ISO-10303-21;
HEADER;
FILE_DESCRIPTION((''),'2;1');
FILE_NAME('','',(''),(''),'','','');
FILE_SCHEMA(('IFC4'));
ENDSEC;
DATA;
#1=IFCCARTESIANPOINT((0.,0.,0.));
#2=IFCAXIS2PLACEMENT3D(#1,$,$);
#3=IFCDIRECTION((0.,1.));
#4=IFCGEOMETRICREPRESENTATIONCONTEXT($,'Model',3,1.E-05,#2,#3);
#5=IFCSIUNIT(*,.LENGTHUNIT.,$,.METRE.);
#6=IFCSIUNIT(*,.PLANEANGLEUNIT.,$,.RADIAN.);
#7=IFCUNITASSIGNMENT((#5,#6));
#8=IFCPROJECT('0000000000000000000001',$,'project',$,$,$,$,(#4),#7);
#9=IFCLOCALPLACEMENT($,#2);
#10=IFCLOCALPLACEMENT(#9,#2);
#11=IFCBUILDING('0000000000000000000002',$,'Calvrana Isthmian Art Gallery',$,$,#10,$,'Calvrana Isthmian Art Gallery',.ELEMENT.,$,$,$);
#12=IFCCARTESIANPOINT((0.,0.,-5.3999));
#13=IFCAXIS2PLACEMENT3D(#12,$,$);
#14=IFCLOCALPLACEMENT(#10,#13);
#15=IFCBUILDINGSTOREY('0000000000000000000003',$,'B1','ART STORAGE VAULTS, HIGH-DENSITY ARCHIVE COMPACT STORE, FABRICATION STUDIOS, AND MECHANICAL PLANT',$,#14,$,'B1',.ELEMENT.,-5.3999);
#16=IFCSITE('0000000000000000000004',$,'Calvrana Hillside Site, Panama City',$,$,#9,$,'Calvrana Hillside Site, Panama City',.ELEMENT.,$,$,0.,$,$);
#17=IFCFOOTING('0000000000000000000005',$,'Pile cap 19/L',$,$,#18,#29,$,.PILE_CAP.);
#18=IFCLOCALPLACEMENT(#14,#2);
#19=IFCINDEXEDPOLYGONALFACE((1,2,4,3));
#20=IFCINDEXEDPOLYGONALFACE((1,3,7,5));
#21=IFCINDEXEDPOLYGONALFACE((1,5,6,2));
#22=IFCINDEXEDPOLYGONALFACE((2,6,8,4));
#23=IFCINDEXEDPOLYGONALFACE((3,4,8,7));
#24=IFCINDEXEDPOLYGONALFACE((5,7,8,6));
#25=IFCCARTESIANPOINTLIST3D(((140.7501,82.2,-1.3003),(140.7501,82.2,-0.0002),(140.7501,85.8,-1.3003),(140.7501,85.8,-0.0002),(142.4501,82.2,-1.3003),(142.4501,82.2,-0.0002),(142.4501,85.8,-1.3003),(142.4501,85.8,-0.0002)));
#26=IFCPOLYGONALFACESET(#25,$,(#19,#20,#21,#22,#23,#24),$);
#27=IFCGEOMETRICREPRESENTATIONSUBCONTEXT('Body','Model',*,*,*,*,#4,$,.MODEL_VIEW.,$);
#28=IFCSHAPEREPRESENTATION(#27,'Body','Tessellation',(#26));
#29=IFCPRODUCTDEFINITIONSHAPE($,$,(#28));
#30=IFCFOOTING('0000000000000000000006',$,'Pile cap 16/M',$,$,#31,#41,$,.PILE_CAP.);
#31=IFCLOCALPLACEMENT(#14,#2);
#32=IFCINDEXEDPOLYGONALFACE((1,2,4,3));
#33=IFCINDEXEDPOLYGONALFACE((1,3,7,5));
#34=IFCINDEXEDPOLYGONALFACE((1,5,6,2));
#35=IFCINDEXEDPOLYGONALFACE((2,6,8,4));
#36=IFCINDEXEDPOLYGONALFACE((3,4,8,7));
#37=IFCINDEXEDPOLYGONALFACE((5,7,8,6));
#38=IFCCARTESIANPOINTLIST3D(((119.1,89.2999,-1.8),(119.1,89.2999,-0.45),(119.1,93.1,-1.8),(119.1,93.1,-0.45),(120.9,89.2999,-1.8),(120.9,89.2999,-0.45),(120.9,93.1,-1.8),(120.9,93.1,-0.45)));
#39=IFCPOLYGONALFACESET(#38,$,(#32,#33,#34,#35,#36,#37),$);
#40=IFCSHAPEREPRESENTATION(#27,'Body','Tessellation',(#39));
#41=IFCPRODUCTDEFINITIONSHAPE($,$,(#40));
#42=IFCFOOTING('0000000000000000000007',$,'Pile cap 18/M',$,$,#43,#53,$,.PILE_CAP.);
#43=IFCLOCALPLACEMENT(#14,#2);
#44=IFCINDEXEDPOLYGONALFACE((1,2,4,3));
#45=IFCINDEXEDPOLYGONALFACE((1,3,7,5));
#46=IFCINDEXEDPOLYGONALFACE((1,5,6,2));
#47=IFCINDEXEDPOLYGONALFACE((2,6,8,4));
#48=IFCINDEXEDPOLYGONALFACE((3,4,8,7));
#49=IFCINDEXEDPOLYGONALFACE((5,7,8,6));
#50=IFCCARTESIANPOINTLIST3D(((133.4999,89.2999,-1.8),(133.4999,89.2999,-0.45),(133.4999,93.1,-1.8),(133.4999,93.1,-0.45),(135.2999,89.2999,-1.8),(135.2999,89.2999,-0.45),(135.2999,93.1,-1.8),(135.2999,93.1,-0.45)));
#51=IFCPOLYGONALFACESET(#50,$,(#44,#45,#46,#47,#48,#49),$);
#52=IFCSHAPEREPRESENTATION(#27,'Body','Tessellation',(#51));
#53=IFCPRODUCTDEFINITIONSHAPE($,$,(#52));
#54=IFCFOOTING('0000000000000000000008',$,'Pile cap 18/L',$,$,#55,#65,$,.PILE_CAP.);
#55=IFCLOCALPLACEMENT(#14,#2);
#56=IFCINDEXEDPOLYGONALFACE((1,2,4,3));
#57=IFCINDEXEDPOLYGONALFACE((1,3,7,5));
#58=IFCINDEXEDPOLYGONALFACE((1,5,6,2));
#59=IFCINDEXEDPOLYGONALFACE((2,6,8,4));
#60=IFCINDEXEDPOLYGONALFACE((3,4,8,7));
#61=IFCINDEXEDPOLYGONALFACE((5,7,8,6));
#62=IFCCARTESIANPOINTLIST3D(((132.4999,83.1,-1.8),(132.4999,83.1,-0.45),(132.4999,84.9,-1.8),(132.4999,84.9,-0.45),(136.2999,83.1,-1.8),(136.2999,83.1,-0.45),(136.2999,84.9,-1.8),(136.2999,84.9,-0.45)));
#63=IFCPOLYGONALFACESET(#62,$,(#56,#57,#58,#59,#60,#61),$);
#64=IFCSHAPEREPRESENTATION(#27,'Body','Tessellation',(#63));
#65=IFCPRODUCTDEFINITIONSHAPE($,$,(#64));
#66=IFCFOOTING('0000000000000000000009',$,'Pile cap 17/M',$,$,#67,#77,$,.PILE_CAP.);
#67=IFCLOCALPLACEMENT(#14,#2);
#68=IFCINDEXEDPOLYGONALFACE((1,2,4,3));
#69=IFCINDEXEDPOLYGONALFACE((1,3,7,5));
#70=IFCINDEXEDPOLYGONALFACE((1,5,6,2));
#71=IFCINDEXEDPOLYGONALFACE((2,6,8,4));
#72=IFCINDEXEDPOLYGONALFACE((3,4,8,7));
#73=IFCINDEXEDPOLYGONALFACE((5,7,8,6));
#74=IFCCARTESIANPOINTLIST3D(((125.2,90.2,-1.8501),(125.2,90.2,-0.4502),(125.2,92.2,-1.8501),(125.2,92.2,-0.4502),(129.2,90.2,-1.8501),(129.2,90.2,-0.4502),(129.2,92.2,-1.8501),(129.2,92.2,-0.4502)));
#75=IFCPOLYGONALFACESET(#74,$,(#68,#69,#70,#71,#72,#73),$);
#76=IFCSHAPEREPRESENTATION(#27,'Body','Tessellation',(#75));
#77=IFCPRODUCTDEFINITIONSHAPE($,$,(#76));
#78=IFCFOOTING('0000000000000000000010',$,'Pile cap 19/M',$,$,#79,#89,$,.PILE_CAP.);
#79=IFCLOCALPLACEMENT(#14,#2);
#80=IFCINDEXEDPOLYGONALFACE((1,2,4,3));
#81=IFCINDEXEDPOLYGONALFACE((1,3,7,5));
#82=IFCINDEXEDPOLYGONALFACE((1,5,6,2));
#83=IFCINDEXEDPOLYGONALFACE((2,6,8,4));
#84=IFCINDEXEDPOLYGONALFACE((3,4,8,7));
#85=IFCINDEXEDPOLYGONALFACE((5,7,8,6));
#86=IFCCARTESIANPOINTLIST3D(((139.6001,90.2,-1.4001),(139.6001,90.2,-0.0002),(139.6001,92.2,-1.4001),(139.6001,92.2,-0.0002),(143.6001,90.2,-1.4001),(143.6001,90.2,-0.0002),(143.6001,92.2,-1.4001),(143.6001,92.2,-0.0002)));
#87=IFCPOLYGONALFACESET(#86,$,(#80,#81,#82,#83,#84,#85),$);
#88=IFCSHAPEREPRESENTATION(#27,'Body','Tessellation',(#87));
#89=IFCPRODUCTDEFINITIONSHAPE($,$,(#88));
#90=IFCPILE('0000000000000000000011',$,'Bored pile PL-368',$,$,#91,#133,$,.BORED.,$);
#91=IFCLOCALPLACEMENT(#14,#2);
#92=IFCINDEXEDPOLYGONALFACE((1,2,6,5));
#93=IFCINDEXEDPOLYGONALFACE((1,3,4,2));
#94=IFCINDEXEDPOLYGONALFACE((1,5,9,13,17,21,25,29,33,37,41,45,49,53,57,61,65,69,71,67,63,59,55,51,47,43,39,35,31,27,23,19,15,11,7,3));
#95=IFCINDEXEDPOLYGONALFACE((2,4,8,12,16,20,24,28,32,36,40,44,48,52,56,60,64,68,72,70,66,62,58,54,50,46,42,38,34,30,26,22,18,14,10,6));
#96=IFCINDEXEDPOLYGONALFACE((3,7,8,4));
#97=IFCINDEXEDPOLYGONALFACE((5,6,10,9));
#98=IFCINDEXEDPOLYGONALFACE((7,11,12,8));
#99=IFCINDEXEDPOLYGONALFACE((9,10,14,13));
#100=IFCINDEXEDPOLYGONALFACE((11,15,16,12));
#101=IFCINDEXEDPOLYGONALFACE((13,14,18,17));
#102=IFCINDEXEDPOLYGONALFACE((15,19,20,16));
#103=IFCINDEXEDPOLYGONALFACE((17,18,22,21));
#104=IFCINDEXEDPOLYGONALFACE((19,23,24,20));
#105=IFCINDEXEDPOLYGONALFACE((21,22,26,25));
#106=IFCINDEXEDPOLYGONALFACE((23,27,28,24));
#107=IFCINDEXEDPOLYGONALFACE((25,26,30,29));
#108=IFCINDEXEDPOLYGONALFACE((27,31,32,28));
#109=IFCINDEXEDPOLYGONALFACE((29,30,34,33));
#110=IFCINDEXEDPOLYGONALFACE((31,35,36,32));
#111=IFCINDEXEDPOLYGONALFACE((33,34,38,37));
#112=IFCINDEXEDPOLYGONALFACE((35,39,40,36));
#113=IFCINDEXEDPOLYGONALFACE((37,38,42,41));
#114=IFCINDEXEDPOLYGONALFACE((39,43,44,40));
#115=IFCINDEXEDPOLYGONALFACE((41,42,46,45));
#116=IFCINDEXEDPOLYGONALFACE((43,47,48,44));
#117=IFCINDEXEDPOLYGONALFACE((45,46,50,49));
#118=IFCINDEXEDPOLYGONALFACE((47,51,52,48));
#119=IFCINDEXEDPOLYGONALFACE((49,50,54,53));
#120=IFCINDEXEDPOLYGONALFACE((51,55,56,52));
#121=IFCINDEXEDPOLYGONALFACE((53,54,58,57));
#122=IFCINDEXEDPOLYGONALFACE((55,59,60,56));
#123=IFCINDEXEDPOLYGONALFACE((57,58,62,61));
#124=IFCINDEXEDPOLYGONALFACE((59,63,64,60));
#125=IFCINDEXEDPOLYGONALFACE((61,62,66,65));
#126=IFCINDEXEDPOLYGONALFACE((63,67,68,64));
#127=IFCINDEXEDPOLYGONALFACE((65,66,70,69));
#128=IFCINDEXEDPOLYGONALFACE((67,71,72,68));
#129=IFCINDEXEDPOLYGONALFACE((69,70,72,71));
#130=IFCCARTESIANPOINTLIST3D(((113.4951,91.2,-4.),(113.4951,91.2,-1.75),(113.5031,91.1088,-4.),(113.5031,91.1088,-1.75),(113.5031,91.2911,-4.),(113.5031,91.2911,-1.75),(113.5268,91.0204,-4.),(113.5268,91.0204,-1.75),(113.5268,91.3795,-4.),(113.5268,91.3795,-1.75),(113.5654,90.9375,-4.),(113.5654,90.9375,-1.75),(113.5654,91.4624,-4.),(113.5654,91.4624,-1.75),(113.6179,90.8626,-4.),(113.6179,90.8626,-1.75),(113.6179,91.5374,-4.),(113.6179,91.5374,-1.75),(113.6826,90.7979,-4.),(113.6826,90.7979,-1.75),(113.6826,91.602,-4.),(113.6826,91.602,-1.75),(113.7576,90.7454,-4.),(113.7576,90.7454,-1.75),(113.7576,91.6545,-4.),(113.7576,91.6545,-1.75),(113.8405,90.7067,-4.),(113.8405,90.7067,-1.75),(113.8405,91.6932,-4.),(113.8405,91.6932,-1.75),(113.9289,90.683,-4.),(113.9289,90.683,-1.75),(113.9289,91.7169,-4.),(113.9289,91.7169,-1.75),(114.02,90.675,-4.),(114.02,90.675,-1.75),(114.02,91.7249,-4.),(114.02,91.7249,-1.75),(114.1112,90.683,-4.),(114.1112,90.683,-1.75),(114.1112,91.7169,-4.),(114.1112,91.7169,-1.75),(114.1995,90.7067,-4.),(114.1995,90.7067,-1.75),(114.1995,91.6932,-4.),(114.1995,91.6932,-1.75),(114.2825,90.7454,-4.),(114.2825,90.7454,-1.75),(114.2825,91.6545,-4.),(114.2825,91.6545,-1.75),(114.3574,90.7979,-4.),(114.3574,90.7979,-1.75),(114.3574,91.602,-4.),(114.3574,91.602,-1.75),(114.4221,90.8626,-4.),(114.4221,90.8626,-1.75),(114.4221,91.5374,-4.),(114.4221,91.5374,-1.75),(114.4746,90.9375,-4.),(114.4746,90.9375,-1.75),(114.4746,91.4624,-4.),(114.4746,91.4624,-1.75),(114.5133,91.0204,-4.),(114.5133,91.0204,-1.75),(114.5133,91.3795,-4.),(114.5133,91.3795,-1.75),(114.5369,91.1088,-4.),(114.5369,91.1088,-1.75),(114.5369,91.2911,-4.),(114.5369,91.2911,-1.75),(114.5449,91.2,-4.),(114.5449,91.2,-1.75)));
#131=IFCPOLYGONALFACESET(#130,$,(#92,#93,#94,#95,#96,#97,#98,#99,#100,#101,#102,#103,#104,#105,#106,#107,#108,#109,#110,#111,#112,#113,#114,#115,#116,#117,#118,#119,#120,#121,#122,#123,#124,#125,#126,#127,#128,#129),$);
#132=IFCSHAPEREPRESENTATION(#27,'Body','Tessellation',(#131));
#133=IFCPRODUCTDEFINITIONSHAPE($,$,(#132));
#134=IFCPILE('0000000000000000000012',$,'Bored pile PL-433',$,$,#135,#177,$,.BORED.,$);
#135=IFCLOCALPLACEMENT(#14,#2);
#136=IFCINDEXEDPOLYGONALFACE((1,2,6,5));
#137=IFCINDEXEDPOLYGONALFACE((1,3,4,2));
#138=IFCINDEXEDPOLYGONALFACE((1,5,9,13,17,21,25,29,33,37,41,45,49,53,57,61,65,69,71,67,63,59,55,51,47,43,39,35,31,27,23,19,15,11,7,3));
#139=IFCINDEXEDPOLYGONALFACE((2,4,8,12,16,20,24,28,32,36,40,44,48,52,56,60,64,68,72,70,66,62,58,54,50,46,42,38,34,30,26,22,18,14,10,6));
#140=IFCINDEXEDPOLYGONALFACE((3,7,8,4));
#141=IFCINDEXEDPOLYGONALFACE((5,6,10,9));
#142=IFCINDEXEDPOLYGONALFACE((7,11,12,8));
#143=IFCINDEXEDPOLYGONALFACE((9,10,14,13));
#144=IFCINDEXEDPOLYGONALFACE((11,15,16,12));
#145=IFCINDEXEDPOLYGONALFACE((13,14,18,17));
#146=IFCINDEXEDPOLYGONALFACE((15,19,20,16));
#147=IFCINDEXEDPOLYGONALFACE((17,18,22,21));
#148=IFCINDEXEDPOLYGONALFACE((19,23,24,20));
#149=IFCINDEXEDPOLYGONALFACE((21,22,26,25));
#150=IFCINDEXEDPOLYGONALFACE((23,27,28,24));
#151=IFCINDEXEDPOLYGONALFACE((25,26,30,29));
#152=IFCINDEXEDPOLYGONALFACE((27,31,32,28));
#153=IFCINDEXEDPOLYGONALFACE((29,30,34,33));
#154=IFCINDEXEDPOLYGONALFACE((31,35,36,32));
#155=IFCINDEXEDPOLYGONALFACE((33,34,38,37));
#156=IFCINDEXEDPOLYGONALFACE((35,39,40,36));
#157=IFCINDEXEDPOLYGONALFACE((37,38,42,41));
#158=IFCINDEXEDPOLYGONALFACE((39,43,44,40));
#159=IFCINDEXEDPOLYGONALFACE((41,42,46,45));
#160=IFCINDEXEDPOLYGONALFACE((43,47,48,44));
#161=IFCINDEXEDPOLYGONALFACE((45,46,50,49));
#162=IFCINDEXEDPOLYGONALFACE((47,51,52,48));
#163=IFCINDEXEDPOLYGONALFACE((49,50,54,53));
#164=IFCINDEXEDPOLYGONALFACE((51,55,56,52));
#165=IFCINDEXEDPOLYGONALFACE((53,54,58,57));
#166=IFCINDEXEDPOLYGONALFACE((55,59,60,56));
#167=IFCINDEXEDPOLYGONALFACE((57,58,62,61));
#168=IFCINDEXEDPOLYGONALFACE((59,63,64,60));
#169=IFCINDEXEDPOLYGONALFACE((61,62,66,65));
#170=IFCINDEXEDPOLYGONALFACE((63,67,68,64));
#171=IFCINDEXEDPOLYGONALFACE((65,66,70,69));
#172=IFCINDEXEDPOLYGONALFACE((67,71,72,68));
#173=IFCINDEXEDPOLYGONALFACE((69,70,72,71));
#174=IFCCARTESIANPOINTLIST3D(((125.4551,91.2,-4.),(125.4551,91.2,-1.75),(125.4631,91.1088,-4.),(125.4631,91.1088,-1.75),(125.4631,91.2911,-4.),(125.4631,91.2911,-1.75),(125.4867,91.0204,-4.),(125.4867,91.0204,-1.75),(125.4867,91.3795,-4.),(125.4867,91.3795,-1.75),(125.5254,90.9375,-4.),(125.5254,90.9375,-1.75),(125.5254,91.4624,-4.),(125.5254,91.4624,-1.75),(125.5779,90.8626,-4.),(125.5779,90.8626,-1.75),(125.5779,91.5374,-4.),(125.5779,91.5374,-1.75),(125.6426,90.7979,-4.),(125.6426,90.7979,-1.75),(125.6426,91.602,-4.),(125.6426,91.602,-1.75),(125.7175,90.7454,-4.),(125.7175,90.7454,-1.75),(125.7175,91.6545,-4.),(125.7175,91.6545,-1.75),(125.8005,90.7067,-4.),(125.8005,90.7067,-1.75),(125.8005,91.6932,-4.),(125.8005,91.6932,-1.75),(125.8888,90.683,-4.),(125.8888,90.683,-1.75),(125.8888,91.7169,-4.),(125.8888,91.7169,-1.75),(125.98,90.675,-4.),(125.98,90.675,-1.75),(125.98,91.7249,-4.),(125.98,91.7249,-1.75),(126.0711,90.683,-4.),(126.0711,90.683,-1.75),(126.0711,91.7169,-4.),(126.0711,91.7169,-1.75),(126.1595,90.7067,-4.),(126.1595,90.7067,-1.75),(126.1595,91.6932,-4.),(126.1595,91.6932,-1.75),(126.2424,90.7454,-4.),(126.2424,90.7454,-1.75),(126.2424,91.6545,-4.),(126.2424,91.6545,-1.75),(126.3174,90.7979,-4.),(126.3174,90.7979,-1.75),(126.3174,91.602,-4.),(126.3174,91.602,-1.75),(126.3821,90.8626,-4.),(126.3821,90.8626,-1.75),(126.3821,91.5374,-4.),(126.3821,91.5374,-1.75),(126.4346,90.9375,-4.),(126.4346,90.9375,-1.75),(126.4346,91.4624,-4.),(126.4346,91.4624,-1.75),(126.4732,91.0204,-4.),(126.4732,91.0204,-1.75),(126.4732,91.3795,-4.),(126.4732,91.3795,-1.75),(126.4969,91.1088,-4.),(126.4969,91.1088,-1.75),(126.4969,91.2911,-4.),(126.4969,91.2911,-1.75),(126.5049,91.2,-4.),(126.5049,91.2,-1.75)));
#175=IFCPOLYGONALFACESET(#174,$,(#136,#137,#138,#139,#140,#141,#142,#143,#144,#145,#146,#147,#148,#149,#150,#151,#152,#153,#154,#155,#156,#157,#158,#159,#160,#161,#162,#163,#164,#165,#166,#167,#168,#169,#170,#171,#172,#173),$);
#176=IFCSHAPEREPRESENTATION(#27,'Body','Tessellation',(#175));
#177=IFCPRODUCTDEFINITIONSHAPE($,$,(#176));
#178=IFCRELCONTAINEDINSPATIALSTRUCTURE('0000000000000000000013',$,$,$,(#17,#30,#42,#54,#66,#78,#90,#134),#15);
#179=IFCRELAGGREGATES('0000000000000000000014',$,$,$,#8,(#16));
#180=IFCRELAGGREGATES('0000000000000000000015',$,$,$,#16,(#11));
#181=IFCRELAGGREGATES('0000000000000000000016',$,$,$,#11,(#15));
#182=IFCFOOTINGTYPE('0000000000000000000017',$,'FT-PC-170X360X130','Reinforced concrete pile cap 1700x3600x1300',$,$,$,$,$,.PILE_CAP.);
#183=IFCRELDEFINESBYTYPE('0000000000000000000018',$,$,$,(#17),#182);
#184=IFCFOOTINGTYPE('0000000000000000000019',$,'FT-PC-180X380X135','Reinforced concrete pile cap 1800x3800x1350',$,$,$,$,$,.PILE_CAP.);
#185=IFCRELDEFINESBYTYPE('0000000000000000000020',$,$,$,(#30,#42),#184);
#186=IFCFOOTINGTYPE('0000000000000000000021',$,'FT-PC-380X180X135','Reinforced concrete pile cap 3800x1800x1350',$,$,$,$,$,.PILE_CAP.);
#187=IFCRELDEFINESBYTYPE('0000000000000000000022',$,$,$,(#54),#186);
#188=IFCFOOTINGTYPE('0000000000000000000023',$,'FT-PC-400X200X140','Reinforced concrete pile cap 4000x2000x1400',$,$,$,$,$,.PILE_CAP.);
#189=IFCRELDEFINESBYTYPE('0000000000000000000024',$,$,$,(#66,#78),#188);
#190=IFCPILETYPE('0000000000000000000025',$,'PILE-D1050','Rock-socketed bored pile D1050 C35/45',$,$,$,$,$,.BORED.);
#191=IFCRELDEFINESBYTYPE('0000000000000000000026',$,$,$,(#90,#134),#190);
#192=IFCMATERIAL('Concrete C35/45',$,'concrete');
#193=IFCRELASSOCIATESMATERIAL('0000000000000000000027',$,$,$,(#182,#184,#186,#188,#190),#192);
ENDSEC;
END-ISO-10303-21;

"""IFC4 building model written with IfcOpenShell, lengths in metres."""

from ifc_helpers import new_model, si_unit, direction, frame, origin, origin_2d, place, context, subcontext, project, spatial, rectangle, circle, extrude, material, material_profile, profile_set, type_object, element, save


model = new_model("IFC4")

# Units and contexts
model_context = context("Model", 3, precision=1e-05, world=origin(), true_north=direction((0.0, 1.0)))
body_context = subcontext(model_context, "Body", "Model", "MODEL_VIEW")
ifc_project = project(units=[si_unit("LENGTHUNIT", "METRE"), si_unit("PLANEANGLEUNIT", "RADIAN")], contexts=[model_context])

# Site, building, storey
site_placement = place(None, origin())
site = spatial("IfcSite", under=ifc_project, at=site_placement, Name="Calvrana Hillside Site, Panama City", LongName="Calvrana Hillside Site, Panama City", CompositionType="ELEMENT", RefElevation=0.0)
building_placement = place(site_placement, origin())
building = spatial("IfcBuilding", under=site, at=building_placement, Name="Calvrana Isthmian Art Gallery", LongName="Calvrana Isthmian Art Gallery", CompositionType="ELEMENT")
storey_placement = place(building_placement, frame((0.0, 0.0, -5.3999)))
storey = spatial("IfcBuildingStorey", under=building, at=storey_placement, Name="B1", Description="ART STORAGE VAULTS, HIGH-DENSITY ARCHIVE COMPACT STORE, FABRICATION STUDIOS, AND MECHANICAL PLANT", LongName="B1", CompositionType="ELEMENT", Elevation=-5.3999)

# Footings
ifc_material_1 = material(Name="Concrete C35/45", Category="concrete")
footing_type_1 = type_object("IfcFootingType", Name="FT-PC-170X360X130", Description="Reinforced concrete pile cap 1700x3600x1300", PredefinedType="PILE_CAP", material=ifc_material_1)
footing_1_placement = place(storey_placement, frame((141.6001, 84.0, -1.3003), z_axis=(0.0, 0.0, 1.0), x_axis=(1.0, 0.0, 0.0)))
element("IfcFooting", 1, at=footing_1_placement, inside=storey, type_object=footing_type_1, Name="Pile cap 19/L", PredefinedType="PILE_CAP", context=body_context, shape_type="SweptSolid", body=[
    extrude(rectangle(XDim=1.7, YDim=3.6001, at=origin_2d()), origin(), (0.0, 0.0, 1.0), 1.3),
])
footing_type_2 = type_object("IfcFootingType", Name="FT-PC-180X380X135", Description="Reinforced concrete pile cap 1800x3800x1350", PredefinedType="PILE_CAP", material=ifc_material_1)
for number, where, z_axis, x_axis, name in (
    (2, (120.0, 91.2, -1.8), (0.0, 0.0, 1.0), (1.0, 0.0, 0.0), "Pile cap 16/M"),
    (3, (134.3999, 91.2, -1.8), (0.0, 0.0, 1.0), (1.0, 0.0, 0.0), "Pile cap 18/M"),
):
    element("IfcFooting", number, at=place(storey_placement, frame(where, z_axis=z_axis, x_axis=x_axis)), inside=storey, type_object=footing_type_2, Name=name, PredefinedType="PILE_CAP", context=body_context, shape_type="SweptSolid", body=[
        extrude(rectangle(XDim=1.8, YDim=3.8, at=origin_2d()), origin(), (0.0, 0.0, 1.0), 1.3501),
    ])
footing_type_3 = type_object("IfcFootingType", Name="FT-PC-380X180X135", Description="Reinforced concrete pile cap 3800x1800x1350", PredefinedType="PILE_CAP", material=ifc_material_1)
footing_2_placement = place(storey_placement, frame((134.3999, 84.0, -1.8), z_axis=(0.0, 0.0, 1.0), x_axis=(1.0, 0.0, 0.0)))
element("IfcFooting", 4, at=footing_2_placement, inside=storey, type_object=footing_type_3, Name="Pile cap 18/L", PredefinedType="PILE_CAP", context=body_context, shape_type="SweptSolid", body=[
    extrude(rectangle(XDim=3.8, YDim=1.8, at=origin_2d()), origin(), (0.0, 0.0, 1.0), 1.3501),
])
footing_type_4 = type_object("IfcFootingType", Name="FT-PC-400X200X140", Description="Reinforced concrete pile cap 4000x2000x1400", PredefinedType="PILE_CAP", material=ifc_material_1)
for number, where, z_axis, x_axis, name in (
    (5, (127.2, 91.2, -1.8501), (0.0, 0.0, 1.0), (1.0, 0.0, 0.0), "Pile cap 17/M"),
    (6, (141.6001, 91.2, -1.4001), (0.0, 0.0, 1.0), (1.0, 0.0, 0.0), "Pile cap 19/M"),
):
    element("IfcFooting", number, at=place(storey_placement, frame(where, z_axis=z_axis, x_axis=x_axis)), inside=storey, type_object=footing_type_4, Name=name, PredefinedType="PILE_CAP", context=body_context, shape_type="SweptSolid", body=[
        extrude(rectangle(XDim=4.0, YDim=2.0, at=origin_2d()), origin(), (0.0, 0.0, 1.0), 1.3999),
    ])

# Piles
ifc_material_profile_1 = material_profile(ifc_material_1, circle(Radius=0.5249, at=origin_2d()), Name="PILE1050D")
ifc_profile_set_1 = profile_set([ifc_material_profile_1], Name="Concrete C35/45")
pile_type_1 = type_object("IfcPileType", Name="PILE-D1050", Description="Rock-socketed bored pile D1050 C35/45", PredefinedType="BORED", material=ifc_profile_set_1)
for number, where, z_axis, x_axis, name in (
    (7, (114.02, 91.2, -1.75), (0.0, 0.0, -1.0), (1.0, 0.0, 0.0), "Bored pile PL-368"),
    (8, (125.98, 91.2, -1.75), (0.0, 0.0, -1.0), (1.0, 0.0, 0.0), "Bored pile PL-433"),
):
    element("IfcPile", number, at=place(storey_placement, frame(where, z_axis=z_axis, x_axis=x_axis)), inside=storey, type_object=pile_type_1, Name=name, PredefinedType="BORED", context=body_context, shape_type="SweptSolid", body=[
        extrude(circle(Radius=0.5249, at=origin_2d()), origin(), (0.0, 0.0, 1.0), 2.25),
    ])

save(model, "model.ifc")
